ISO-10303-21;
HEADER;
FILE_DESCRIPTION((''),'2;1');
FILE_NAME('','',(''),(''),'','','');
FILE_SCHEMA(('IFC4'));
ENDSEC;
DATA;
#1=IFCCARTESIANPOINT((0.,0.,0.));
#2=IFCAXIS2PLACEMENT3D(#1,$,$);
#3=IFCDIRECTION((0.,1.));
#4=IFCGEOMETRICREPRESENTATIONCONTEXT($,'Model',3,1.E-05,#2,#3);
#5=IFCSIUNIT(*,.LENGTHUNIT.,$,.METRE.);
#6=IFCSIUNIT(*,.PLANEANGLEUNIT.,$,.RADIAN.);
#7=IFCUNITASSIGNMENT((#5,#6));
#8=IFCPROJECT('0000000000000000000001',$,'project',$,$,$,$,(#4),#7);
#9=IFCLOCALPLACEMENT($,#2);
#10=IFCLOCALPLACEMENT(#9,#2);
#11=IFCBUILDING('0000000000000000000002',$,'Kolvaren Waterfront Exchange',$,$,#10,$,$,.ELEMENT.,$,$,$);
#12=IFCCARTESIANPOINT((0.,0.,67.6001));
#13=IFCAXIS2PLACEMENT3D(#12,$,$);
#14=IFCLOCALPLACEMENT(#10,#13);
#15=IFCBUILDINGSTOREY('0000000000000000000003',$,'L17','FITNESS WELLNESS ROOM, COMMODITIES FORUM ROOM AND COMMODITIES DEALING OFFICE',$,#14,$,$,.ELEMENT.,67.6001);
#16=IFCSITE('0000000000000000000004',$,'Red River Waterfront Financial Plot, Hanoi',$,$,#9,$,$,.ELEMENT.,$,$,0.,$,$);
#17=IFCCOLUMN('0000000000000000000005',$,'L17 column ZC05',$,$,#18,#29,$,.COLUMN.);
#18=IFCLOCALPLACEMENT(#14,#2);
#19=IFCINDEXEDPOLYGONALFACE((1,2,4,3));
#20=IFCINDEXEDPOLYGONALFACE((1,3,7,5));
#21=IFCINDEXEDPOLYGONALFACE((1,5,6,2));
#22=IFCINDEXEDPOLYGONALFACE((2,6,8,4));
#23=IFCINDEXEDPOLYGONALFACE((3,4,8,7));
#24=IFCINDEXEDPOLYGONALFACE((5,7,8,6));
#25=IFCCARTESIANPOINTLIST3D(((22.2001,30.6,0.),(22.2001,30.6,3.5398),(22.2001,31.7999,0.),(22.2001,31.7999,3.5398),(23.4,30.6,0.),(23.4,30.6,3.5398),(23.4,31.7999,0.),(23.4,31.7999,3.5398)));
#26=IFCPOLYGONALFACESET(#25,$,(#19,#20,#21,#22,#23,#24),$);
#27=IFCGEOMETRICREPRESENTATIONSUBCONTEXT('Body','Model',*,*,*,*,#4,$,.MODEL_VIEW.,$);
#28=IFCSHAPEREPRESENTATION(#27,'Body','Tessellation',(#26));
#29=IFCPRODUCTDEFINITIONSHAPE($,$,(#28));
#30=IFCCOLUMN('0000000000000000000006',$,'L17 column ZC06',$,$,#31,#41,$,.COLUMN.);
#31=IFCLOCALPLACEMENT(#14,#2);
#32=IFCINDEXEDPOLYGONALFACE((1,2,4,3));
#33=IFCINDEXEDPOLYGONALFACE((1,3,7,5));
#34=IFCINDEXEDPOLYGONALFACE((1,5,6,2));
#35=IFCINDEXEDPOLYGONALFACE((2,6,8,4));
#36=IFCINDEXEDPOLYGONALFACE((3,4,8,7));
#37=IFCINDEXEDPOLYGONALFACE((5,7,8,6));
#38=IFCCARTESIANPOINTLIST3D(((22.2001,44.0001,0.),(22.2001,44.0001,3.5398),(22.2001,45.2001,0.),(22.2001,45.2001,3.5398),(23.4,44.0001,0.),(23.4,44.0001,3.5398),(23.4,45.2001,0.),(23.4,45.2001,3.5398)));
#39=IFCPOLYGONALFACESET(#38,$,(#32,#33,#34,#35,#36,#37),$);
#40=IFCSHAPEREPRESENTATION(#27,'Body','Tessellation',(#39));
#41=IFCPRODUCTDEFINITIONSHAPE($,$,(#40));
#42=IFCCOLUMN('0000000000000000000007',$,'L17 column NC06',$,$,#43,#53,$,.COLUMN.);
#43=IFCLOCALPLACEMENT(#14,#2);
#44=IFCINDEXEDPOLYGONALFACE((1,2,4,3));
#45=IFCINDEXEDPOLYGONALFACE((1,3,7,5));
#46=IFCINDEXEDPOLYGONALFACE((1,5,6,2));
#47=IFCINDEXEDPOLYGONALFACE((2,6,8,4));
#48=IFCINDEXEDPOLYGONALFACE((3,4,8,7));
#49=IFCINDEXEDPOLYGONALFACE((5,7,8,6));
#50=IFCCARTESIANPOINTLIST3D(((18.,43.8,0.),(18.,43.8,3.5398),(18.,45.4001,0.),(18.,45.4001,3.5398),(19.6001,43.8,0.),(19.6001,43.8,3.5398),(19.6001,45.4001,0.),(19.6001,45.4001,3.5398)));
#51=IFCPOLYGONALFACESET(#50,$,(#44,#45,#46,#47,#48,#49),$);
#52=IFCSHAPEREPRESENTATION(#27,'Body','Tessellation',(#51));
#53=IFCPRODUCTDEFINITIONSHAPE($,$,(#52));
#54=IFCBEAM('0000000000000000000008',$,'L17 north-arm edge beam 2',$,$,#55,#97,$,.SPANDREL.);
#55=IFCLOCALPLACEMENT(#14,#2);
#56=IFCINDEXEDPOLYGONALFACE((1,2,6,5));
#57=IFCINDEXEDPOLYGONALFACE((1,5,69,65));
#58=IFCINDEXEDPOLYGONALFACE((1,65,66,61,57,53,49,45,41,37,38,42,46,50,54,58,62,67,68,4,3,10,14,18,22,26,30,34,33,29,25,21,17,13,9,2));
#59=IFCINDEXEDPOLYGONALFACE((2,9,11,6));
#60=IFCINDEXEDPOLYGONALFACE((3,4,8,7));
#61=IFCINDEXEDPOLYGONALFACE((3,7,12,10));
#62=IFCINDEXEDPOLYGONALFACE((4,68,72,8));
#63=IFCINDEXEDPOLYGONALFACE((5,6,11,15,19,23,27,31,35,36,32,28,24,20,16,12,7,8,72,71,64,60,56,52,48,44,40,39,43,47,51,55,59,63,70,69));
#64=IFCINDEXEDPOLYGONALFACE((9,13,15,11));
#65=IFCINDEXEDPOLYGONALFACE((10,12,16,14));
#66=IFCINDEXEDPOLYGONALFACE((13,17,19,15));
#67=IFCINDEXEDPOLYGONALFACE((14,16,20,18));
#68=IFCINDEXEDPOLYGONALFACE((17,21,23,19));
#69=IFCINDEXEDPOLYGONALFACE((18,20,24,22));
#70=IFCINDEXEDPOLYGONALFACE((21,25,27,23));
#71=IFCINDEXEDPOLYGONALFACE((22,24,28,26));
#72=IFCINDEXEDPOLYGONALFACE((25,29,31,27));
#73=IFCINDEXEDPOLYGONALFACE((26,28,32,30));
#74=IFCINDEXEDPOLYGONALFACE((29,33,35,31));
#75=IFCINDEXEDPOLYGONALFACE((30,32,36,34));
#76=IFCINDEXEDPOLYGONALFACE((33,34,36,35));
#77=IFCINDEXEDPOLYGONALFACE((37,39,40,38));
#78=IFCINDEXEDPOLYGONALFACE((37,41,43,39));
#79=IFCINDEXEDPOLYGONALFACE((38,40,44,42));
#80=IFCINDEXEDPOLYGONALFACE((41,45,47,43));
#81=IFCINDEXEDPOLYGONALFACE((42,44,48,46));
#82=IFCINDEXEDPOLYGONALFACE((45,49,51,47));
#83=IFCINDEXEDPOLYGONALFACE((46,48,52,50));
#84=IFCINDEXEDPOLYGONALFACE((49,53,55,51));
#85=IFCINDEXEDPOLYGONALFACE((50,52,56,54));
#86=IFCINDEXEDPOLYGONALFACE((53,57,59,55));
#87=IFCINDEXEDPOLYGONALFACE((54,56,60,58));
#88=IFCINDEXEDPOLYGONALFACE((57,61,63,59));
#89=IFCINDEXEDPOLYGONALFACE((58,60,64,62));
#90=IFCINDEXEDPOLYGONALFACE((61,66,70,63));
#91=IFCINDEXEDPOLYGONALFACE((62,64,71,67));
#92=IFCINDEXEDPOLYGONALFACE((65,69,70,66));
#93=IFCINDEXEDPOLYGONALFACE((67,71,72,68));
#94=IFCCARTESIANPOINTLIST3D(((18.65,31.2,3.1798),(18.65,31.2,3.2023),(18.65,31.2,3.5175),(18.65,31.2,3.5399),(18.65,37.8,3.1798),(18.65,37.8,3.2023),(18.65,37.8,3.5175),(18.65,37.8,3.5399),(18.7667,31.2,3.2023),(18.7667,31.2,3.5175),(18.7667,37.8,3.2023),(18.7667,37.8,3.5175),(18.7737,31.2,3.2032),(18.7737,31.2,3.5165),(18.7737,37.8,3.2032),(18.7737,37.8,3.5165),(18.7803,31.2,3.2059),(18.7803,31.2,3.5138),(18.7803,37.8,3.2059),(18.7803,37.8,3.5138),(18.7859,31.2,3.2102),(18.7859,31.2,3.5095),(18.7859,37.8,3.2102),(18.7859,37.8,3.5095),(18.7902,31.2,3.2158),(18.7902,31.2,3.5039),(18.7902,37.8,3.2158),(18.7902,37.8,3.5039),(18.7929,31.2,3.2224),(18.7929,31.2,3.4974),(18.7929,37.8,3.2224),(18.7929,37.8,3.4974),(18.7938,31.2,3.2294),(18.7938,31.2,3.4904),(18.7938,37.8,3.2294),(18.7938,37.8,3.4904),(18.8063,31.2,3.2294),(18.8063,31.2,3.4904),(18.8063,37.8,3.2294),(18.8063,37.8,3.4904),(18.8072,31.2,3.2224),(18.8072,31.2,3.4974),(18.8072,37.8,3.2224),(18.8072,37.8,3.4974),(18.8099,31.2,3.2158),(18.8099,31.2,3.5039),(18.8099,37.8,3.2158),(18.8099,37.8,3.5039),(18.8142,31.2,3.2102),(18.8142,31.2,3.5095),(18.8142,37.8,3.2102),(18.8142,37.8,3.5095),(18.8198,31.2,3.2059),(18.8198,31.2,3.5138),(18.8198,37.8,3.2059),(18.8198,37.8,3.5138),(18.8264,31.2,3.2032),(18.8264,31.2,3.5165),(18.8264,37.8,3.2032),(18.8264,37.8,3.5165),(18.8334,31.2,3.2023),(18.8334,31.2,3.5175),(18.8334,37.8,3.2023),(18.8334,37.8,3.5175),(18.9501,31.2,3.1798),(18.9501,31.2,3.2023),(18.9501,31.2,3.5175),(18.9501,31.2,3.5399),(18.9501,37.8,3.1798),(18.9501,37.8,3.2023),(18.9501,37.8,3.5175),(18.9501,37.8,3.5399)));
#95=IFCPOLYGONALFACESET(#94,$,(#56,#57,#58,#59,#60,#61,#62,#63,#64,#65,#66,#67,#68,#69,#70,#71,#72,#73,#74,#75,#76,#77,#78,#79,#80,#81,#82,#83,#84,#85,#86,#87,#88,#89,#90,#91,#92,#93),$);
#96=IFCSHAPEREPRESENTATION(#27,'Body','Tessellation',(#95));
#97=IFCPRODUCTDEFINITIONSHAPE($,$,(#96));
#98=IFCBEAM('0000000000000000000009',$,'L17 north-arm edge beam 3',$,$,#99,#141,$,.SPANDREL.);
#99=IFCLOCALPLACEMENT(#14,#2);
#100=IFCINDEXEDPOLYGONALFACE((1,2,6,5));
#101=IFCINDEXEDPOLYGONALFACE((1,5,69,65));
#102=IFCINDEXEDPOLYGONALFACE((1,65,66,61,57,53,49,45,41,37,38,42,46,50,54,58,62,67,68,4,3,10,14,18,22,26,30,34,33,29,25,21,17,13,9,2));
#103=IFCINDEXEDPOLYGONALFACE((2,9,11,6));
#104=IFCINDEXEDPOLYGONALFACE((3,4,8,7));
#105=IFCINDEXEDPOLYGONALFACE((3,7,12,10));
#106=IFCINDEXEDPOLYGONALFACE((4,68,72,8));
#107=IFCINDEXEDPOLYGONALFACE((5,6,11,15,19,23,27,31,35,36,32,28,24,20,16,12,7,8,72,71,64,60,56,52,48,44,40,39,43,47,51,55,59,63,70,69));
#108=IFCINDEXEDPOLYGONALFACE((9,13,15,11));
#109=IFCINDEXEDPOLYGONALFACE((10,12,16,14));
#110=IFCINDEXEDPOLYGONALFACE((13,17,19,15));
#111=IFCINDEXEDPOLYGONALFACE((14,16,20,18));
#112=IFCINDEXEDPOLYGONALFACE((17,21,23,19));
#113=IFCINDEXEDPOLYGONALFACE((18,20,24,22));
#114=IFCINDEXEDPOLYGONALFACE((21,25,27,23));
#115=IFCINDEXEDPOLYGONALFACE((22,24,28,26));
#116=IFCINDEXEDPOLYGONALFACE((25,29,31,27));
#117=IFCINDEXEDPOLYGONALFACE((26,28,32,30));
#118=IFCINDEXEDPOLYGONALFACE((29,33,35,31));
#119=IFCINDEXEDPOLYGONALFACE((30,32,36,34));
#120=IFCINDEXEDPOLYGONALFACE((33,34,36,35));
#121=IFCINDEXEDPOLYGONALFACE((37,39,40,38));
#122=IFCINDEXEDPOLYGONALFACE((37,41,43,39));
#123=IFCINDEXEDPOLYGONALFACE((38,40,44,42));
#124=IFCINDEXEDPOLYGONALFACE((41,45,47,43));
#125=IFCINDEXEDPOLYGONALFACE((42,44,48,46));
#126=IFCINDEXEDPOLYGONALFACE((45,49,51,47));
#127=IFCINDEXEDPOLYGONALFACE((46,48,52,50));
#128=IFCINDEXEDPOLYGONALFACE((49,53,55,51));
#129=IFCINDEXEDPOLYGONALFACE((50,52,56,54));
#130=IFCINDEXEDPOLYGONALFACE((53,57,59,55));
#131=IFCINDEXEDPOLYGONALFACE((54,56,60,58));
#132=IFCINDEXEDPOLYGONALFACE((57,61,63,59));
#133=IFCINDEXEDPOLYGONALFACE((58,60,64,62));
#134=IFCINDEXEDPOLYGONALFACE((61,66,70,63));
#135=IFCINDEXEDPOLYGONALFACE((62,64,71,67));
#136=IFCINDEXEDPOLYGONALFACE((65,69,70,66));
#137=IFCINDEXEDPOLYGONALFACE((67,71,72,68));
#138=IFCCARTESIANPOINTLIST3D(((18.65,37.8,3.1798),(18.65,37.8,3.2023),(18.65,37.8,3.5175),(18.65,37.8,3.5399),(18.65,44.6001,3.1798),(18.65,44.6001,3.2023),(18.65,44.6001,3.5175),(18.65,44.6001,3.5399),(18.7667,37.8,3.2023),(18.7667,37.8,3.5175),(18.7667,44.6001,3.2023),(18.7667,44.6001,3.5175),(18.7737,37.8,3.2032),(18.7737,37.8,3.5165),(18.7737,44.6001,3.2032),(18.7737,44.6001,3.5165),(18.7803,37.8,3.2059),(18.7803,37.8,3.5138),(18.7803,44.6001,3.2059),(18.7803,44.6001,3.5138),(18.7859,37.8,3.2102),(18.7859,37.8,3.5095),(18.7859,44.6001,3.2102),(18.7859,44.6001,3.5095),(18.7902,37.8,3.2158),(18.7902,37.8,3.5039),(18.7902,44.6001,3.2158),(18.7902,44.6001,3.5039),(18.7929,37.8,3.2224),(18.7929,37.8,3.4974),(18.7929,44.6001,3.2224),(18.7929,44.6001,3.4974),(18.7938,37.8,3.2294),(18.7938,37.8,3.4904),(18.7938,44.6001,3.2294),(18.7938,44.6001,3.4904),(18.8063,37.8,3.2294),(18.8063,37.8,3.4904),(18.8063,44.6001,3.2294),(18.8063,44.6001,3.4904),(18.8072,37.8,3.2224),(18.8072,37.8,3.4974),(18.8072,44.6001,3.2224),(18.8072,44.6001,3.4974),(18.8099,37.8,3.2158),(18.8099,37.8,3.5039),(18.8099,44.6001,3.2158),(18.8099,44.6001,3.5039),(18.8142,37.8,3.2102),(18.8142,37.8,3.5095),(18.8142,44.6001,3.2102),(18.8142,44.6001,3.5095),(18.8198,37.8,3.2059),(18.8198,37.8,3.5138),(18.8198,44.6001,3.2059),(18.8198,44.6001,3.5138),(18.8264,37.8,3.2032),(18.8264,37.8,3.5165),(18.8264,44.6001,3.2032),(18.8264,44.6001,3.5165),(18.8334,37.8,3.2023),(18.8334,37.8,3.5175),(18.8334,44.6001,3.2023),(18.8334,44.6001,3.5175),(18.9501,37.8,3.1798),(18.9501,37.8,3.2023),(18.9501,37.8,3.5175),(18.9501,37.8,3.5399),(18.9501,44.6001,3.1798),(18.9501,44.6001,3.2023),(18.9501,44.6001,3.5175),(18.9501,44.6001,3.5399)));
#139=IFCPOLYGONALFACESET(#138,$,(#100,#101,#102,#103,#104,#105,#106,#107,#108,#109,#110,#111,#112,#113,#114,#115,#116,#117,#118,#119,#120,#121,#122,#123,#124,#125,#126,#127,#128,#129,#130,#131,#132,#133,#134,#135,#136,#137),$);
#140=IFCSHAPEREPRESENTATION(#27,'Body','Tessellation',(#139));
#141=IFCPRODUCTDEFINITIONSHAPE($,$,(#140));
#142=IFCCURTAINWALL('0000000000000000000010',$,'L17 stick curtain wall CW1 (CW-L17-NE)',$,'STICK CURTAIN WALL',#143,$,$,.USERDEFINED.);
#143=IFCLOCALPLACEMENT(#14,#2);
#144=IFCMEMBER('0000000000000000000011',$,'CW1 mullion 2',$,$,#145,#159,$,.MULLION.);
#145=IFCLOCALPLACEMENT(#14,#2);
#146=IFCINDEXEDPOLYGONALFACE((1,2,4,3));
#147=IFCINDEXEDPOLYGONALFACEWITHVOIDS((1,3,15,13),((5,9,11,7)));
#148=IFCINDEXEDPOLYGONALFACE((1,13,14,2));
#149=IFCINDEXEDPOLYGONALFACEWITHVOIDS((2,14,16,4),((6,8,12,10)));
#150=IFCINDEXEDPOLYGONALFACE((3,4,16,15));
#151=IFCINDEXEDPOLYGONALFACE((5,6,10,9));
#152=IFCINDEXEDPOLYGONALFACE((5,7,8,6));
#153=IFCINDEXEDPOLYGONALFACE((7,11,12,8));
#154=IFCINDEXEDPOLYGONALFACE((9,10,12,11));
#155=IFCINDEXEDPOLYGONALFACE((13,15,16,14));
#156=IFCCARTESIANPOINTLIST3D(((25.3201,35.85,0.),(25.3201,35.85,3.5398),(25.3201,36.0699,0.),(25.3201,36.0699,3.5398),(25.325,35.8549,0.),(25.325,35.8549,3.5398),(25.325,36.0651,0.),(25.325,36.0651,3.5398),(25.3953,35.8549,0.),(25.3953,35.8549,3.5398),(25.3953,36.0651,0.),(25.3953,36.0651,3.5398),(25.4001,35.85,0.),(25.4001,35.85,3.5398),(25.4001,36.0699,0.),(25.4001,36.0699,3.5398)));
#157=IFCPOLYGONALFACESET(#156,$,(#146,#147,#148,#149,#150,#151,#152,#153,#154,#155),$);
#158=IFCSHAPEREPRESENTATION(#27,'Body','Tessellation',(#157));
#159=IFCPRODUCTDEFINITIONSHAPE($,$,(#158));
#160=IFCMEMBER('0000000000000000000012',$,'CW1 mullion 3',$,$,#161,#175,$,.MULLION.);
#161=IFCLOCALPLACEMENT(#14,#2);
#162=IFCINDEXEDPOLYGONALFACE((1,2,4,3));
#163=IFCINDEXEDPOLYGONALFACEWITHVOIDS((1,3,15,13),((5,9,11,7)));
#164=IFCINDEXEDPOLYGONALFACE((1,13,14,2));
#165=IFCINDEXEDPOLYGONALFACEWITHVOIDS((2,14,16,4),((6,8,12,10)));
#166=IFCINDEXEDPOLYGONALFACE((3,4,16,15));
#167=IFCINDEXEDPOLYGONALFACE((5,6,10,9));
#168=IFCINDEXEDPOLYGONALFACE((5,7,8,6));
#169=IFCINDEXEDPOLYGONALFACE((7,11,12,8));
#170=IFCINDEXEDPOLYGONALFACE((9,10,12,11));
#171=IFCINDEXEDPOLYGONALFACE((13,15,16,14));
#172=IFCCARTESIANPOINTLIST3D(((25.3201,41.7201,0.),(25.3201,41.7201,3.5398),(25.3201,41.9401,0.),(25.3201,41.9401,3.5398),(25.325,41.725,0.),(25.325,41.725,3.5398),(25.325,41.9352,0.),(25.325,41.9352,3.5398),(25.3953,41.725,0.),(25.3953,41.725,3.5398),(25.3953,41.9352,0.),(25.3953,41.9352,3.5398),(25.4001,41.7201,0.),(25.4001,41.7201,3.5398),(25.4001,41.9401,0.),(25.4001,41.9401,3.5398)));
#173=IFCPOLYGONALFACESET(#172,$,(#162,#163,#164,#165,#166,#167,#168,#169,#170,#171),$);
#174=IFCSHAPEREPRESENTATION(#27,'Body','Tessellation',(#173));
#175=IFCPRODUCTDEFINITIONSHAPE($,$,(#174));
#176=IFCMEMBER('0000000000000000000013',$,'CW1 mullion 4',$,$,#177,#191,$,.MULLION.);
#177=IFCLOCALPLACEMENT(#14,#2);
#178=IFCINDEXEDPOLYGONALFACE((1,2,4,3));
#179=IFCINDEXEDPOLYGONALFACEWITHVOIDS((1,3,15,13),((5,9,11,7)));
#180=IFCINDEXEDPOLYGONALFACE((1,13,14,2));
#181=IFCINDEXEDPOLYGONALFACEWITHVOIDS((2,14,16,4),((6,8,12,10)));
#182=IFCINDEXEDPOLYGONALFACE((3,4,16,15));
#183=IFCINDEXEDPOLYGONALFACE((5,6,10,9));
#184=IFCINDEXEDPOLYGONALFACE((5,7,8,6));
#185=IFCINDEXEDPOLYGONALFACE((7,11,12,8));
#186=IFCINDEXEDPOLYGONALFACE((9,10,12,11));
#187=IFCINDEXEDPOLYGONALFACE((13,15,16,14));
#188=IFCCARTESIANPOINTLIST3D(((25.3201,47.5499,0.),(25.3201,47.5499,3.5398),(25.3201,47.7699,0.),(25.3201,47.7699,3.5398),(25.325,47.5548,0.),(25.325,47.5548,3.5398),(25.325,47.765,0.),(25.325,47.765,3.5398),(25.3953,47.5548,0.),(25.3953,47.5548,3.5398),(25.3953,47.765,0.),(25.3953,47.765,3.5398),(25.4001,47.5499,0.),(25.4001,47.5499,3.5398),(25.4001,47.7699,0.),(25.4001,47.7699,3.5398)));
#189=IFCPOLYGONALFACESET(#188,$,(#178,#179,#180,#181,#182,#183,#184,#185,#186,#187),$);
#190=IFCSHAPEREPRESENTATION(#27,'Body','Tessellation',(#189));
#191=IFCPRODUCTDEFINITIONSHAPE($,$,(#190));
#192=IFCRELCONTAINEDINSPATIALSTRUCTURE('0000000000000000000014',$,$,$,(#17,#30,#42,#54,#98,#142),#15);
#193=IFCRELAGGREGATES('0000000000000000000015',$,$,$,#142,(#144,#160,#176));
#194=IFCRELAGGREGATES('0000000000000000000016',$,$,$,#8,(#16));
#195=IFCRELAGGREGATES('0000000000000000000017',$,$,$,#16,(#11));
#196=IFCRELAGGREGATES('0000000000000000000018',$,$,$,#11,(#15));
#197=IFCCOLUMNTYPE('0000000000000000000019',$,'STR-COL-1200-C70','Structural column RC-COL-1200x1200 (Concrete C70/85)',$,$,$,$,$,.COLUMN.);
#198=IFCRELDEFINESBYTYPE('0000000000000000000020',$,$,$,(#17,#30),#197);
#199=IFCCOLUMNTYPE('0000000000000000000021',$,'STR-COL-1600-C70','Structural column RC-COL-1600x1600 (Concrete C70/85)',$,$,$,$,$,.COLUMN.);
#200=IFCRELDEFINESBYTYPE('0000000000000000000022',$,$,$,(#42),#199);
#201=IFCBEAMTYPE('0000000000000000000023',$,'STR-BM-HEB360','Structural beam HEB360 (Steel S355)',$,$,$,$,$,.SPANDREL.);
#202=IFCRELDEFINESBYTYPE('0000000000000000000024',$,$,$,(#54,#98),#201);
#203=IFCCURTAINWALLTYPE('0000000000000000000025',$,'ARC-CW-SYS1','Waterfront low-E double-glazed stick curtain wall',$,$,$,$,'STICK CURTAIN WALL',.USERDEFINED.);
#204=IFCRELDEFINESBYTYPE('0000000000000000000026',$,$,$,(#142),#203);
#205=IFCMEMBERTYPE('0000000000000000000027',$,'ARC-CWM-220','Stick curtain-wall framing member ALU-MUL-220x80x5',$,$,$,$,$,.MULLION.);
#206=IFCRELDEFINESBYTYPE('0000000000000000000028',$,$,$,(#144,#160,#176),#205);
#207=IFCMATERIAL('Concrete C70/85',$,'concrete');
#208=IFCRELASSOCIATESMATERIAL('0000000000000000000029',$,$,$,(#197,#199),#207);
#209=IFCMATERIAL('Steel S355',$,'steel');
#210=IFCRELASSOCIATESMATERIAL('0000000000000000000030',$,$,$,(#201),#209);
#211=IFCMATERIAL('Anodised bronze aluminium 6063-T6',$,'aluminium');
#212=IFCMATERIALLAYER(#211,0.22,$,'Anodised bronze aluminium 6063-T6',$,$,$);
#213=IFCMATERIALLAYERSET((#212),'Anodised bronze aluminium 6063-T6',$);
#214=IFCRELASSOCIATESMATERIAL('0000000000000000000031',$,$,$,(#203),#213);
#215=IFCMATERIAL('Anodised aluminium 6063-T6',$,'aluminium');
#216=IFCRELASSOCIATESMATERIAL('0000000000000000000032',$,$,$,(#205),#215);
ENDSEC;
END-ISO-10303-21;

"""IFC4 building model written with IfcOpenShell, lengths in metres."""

from ifc_helpers import new_model, si_unit, direction, frame, origin, origin_with_axes, origin_2d, place, context, subcontext, project, spatial, rectangle, hollow_rectangle, i_section, extrude, source, transform, mapped, material, layer, layer_set, material_profile, profile_set, type_object, element, aggregate, save


model = new_model("IFC4")

# Units and contexts
model_context = context("Model", 3, precision=1e-05, world=origin(), true_north=direction((0.0, 1.0)))
body_context = subcontext(model_context, "Body", "Model", "MODEL_VIEW")
ifc_project = project(units=[si_unit("LENGTHUNIT", "METRE"), si_unit("PLANEANGLEUNIT", "RADIAN")], contexts=[model_context])

# Site, building, storey
site_placement = place(None, origin())
site = spatial("IfcSite", under=ifc_project, at=site_placement, Name="Red River Waterfront Financial Plot, Hanoi", CompositionType="ELEMENT", RefElevation=0.0)
building_placement = place(site_placement, origin())
building = spatial("IfcBuilding", under=site, at=building_placement, Name="Kolvaren Waterfront Exchange", CompositionType="ELEMENT")
storey_placement = place(building_placement, frame((0.0, 0.0, 67.6001)))
storey = spatial("IfcBuildingStorey", under=building, at=storey_placement, Name="L17", Description="FITNESS WELLNESS ROOM, COMMODITIES FORUM ROOM AND COMMODITIES DEALING OFFICE", CompositionType="ELEMENT", Elevation=67.6001)

# Columns
ifc_material_1 = material(Name="Concrete C70/85", Category="concrete")
ifc_material_profile_1 = material_profile(ifc_material_1, rectangle(XDim=1.2, YDim=1.2, at=origin_2d()), Name="RC-COL-1200x1200")
ifc_profile_set_1 = profile_set([ifc_material_profile_1], Name="Concrete C70/85")
column_type_1 = type_object("IfcColumnType", Name="STR-COL-1200-C70", Description="Structural column RC-COL-1200x1200 (Concrete C70/85)", PredefinedType="COLUMN", material=ifc_profile_set_1)
for number, where, z_axis, x_axis, name in (
    (1, (22.8, 31.2, 0.0), (0.0, 0.0, 1.0), (1.0, 0.0, 0.0), "L17 column ZC05"),
    (2, (22.8, 44.6001, 0.0), (0.0, 0.0, 1.0), (1.0, 0.0, 0.0), "L17 column ZC06"),
):
    element("IfcColumn", number, at=place(storey_placement, frame(where, z_axis=z_axis, x_axis=x_axis)), inside=storey, type_object=column_type_1, Name=name, PredefinedType="COLUMN", context=body_context, shape_type="SweptSolid", body=[
        extrude(rectangle(XDim=1.2, YDim=1.2, at=origin_2d()), origin(), (0.0, 0.0, 1.0), 3.5398),
    ])
ifc_material_profile_2 = material_profile(ifc_material_1, rectangle(XDim=1.6001, YDim=1.6001, at=origin_2d()), Name="RC-COL-1600x1600")
ifc_profile_set_2 = profile_set([ifc_material_profile_2], Name="Concrete C70/85")
column_type_2 = type_object("IfcColumnType", Name="STR-COL-1600-C70", Description="Structural column RC-COL-1600x1600 (Concrete C70/85)", PredefinedType="COLUMN", material=ifc_profile_set_2)
column_placement = place(storey_placement, frame((18.8, 44.6001, 0.0), z_axis=(0.0, 0.0, 1.0), x_axis=(1.0, 0.0, 0.0)))
element("IfcColumn", 3, at=column_placement, inside=storey, type_object=column_type_2, Name="L17 column NC06", PredefinedType="COLUMN", context=body_context, shape_type="SweptSolid", body=[
    extrude(rectangle(XDim=1.6001, YDim=1.6001, at=origin_2d()), origin(), (0.0, 0.0, 1.0), 3.5398),
])

# Beams
ifc_material_2 = material(Name="Steel S355", Category="steel")
ifc_material_profile_3 = material_profile(ifc_material_2, i_section(OverallWidth=0.3, OverallDepth=0.3601, WebThickness=0.0125, FlangeThickness=0.0225, FilletRadius=0.0271, at=origin_2d()), Name="HEB360")
ifc_profile_set_3 = profile_set([ifc_material_profile_3], Name="Steel S355")
beam_type = type_object("IfcBeamType", Name="STR-BM-HEB360", Description="Structural beam HEB360 (Steel S355)", PredefinedType="SPANDREL", material=ifc_profile_set_3)
beam_1_placement = place(storey_placement, frame((18.8, 31.2, 3.3599), z_axis=(0.0, 1.0, 0.0), x_axis=(-1.0, 0.0, 0.0)))
element("IfcBeam", 4, at=beam_1_placement, inside=storey, type_object=beam_type, Name="L17 north-arm edge beam 2", PredefinedType="SPANDREL", context=body_context, shape_type="SweptSolid", body=[
    extrude(i_section(OverallWidth=0.3, OverallDepth=0.3601, WebThickness=0.0125, FlangeThickness=0.0225, FilletRadius=0.0271, at=origin_2d()), origin(), (0.0, 0.0, 1.0), 6.6001),
])
beam_2_placement = place(storey_placement, frame((18.8, 37.8, 3.3599), z_axis=(0.0, 1.0, 0.0), x_axis=(-1.0, 0.0, 0.0)))
element("IfcBeam", 5, at=beam_2_placement, inside=storey, type_object=beam_type, Name="L17 north-arm edge beam 3", PredefinedType="SPANDREL", context=body_context, shape_type="SweptSolid", body=[
    extrude(i_section(OverallWidth=0.3, OverallDepth=0.3601, WebThickness=0.0125, FlangeThickness=0.0225, FilletRadius=0.0271, at=origin_2d()), origin(), (0.0, 0.0, 1.0), 6.8),
])

# Curtain wall, members
ifc_material_3 = material(Name="Anodised bronze aluminium 6063-T6", Category="aluminium")
ifc_layer_1 = layer(ifc_material_3, 0.22, Name="Anodised bronze aluminium 6063-T6")
ifc_layer_set_1 = layer_set([ifc_layer_1], Name="Anodised bronze aluminium 6063-T6")
curtain_wall_type = type_object("IfcCurtainWallType", Name="ARC-CW-SYS1", Description="Waterfront low-E double-glazed stick curtain wall", ElementType="STICK CURTAIN WALL", PredefinedType="USERDEFINED", material=ifc_layer_set_1)
curtain_wall_placement = place(storey_placement, origin())
curtain_wall = element("IfcCurtainWall", 6, at=curtain_wall_placement, inside=storey, type_object=curtain_wall_type, Name="L17 stick curtain wall CW1 (CW-L17-NE)", ObjectType="STICK CURTAIN WALL", PredefinedType="USERDEFINED")
ifc_material_4 = material(Name="Anodised aluminium 6063-T6", Category="aluminium")
ifc_material_profile_4 = material_profile(ifc_material_4, hollow_rectangle(XDim=0.0801, YDim=0.22, WallThickness=0.0049, at=origin_2d()), Name="ALU-MUL-220x80x5")
ifc_profile_set_4 = profile_set([ifc_material_profile_4], Name="Anodised aluminium 6063-T6")
member_type_1 = type_object("IfcMemberType", Name="ARC-CWM-220", Description="Stick curtain-wall framing member ALU-MUL-220x80x5", PredefinedType="MULLION", material=ifc_profile_set_4)
shared_shape_1 = source(origin_with_axes(), body_context, "Body", "SweptSolid", [
    extrude(hollow_rectangle(XDim=0.0801, YDim=0.22, WallThickness=0.0049, at=origin_2d()), origin(), (0.0, 0.0, 1.0), 3.5398),
])
member_1_placement = place(storey_placement, frame((25.3601, 35.96, 0.0), z_axis=(0.0, 0.0, 1.0), x_axis=(-1.0, 0.0, 0.0)))
member_1 = element("IfcMember", 7, at=member_1_placement, type_object=member_type_1, Name="CW1 mullion 2", PredefinedType="MULLION", context=body_context, shape_type="MappedRepresentation", body=[
    mapped(shared_shape_1, transform((0.0, 0.0, 0.0), x_axis=(1.0, 0.0, 0.0), y_axis=(0.0, 1.0, 0.0), z_axis=(0.0, 0.0, 1.0), scale=1.0)),
])
member_2_placement = place(storey_placement, frame((25.3601, 41.8301, 0.0), z_axis=(0.0, 0.0, 1.0), x_axis=(-1.0, 0.0, 0.0)))
member_2 = element("IfcMember", 8, at=member_2_placement, type_object=member_type_1, Name="CW1 mullion 3", PredefinedType="MULLION", context=body_context, shape_type="MappedRepresentation", body=[
    mapped(shared_shape_1, transform((0.0, 0.0, 0.0), x_axis=(1.0, 0.0, 0.0), y_axis=(0.0, 1.0, 0.0), z_axis=(0.0, 0.0, 1.0), scale=1.0)),
])
member_3_placement = place(storey_placement, frame((25.3601, 47.6599, 0.0), z_axis=(0.0, 0.0, 1.0), x_axis=(-1.0, 0.0, 0.0)))
member_3 = element("IfcMember", 9, at=member_3_placement, type_object=member_type_1, Name="CW1 mullion 4", PredefinedType="MULLION", context=body_context, shape_type="MappedRepresentation", body=[
    mapped(shared_shape_1, transform((0.0, 0.0, 0.0), x_axis=(1.0, 0.0, 0.0), y_axis=(0.0, 1.0, 0.0), z_axis=(0.0, 0.0, 1.0), scale=1.0)),
])
aggregate(curtain_wall, [member_1, member_2, member_3])

save(model, "model.ifc")
